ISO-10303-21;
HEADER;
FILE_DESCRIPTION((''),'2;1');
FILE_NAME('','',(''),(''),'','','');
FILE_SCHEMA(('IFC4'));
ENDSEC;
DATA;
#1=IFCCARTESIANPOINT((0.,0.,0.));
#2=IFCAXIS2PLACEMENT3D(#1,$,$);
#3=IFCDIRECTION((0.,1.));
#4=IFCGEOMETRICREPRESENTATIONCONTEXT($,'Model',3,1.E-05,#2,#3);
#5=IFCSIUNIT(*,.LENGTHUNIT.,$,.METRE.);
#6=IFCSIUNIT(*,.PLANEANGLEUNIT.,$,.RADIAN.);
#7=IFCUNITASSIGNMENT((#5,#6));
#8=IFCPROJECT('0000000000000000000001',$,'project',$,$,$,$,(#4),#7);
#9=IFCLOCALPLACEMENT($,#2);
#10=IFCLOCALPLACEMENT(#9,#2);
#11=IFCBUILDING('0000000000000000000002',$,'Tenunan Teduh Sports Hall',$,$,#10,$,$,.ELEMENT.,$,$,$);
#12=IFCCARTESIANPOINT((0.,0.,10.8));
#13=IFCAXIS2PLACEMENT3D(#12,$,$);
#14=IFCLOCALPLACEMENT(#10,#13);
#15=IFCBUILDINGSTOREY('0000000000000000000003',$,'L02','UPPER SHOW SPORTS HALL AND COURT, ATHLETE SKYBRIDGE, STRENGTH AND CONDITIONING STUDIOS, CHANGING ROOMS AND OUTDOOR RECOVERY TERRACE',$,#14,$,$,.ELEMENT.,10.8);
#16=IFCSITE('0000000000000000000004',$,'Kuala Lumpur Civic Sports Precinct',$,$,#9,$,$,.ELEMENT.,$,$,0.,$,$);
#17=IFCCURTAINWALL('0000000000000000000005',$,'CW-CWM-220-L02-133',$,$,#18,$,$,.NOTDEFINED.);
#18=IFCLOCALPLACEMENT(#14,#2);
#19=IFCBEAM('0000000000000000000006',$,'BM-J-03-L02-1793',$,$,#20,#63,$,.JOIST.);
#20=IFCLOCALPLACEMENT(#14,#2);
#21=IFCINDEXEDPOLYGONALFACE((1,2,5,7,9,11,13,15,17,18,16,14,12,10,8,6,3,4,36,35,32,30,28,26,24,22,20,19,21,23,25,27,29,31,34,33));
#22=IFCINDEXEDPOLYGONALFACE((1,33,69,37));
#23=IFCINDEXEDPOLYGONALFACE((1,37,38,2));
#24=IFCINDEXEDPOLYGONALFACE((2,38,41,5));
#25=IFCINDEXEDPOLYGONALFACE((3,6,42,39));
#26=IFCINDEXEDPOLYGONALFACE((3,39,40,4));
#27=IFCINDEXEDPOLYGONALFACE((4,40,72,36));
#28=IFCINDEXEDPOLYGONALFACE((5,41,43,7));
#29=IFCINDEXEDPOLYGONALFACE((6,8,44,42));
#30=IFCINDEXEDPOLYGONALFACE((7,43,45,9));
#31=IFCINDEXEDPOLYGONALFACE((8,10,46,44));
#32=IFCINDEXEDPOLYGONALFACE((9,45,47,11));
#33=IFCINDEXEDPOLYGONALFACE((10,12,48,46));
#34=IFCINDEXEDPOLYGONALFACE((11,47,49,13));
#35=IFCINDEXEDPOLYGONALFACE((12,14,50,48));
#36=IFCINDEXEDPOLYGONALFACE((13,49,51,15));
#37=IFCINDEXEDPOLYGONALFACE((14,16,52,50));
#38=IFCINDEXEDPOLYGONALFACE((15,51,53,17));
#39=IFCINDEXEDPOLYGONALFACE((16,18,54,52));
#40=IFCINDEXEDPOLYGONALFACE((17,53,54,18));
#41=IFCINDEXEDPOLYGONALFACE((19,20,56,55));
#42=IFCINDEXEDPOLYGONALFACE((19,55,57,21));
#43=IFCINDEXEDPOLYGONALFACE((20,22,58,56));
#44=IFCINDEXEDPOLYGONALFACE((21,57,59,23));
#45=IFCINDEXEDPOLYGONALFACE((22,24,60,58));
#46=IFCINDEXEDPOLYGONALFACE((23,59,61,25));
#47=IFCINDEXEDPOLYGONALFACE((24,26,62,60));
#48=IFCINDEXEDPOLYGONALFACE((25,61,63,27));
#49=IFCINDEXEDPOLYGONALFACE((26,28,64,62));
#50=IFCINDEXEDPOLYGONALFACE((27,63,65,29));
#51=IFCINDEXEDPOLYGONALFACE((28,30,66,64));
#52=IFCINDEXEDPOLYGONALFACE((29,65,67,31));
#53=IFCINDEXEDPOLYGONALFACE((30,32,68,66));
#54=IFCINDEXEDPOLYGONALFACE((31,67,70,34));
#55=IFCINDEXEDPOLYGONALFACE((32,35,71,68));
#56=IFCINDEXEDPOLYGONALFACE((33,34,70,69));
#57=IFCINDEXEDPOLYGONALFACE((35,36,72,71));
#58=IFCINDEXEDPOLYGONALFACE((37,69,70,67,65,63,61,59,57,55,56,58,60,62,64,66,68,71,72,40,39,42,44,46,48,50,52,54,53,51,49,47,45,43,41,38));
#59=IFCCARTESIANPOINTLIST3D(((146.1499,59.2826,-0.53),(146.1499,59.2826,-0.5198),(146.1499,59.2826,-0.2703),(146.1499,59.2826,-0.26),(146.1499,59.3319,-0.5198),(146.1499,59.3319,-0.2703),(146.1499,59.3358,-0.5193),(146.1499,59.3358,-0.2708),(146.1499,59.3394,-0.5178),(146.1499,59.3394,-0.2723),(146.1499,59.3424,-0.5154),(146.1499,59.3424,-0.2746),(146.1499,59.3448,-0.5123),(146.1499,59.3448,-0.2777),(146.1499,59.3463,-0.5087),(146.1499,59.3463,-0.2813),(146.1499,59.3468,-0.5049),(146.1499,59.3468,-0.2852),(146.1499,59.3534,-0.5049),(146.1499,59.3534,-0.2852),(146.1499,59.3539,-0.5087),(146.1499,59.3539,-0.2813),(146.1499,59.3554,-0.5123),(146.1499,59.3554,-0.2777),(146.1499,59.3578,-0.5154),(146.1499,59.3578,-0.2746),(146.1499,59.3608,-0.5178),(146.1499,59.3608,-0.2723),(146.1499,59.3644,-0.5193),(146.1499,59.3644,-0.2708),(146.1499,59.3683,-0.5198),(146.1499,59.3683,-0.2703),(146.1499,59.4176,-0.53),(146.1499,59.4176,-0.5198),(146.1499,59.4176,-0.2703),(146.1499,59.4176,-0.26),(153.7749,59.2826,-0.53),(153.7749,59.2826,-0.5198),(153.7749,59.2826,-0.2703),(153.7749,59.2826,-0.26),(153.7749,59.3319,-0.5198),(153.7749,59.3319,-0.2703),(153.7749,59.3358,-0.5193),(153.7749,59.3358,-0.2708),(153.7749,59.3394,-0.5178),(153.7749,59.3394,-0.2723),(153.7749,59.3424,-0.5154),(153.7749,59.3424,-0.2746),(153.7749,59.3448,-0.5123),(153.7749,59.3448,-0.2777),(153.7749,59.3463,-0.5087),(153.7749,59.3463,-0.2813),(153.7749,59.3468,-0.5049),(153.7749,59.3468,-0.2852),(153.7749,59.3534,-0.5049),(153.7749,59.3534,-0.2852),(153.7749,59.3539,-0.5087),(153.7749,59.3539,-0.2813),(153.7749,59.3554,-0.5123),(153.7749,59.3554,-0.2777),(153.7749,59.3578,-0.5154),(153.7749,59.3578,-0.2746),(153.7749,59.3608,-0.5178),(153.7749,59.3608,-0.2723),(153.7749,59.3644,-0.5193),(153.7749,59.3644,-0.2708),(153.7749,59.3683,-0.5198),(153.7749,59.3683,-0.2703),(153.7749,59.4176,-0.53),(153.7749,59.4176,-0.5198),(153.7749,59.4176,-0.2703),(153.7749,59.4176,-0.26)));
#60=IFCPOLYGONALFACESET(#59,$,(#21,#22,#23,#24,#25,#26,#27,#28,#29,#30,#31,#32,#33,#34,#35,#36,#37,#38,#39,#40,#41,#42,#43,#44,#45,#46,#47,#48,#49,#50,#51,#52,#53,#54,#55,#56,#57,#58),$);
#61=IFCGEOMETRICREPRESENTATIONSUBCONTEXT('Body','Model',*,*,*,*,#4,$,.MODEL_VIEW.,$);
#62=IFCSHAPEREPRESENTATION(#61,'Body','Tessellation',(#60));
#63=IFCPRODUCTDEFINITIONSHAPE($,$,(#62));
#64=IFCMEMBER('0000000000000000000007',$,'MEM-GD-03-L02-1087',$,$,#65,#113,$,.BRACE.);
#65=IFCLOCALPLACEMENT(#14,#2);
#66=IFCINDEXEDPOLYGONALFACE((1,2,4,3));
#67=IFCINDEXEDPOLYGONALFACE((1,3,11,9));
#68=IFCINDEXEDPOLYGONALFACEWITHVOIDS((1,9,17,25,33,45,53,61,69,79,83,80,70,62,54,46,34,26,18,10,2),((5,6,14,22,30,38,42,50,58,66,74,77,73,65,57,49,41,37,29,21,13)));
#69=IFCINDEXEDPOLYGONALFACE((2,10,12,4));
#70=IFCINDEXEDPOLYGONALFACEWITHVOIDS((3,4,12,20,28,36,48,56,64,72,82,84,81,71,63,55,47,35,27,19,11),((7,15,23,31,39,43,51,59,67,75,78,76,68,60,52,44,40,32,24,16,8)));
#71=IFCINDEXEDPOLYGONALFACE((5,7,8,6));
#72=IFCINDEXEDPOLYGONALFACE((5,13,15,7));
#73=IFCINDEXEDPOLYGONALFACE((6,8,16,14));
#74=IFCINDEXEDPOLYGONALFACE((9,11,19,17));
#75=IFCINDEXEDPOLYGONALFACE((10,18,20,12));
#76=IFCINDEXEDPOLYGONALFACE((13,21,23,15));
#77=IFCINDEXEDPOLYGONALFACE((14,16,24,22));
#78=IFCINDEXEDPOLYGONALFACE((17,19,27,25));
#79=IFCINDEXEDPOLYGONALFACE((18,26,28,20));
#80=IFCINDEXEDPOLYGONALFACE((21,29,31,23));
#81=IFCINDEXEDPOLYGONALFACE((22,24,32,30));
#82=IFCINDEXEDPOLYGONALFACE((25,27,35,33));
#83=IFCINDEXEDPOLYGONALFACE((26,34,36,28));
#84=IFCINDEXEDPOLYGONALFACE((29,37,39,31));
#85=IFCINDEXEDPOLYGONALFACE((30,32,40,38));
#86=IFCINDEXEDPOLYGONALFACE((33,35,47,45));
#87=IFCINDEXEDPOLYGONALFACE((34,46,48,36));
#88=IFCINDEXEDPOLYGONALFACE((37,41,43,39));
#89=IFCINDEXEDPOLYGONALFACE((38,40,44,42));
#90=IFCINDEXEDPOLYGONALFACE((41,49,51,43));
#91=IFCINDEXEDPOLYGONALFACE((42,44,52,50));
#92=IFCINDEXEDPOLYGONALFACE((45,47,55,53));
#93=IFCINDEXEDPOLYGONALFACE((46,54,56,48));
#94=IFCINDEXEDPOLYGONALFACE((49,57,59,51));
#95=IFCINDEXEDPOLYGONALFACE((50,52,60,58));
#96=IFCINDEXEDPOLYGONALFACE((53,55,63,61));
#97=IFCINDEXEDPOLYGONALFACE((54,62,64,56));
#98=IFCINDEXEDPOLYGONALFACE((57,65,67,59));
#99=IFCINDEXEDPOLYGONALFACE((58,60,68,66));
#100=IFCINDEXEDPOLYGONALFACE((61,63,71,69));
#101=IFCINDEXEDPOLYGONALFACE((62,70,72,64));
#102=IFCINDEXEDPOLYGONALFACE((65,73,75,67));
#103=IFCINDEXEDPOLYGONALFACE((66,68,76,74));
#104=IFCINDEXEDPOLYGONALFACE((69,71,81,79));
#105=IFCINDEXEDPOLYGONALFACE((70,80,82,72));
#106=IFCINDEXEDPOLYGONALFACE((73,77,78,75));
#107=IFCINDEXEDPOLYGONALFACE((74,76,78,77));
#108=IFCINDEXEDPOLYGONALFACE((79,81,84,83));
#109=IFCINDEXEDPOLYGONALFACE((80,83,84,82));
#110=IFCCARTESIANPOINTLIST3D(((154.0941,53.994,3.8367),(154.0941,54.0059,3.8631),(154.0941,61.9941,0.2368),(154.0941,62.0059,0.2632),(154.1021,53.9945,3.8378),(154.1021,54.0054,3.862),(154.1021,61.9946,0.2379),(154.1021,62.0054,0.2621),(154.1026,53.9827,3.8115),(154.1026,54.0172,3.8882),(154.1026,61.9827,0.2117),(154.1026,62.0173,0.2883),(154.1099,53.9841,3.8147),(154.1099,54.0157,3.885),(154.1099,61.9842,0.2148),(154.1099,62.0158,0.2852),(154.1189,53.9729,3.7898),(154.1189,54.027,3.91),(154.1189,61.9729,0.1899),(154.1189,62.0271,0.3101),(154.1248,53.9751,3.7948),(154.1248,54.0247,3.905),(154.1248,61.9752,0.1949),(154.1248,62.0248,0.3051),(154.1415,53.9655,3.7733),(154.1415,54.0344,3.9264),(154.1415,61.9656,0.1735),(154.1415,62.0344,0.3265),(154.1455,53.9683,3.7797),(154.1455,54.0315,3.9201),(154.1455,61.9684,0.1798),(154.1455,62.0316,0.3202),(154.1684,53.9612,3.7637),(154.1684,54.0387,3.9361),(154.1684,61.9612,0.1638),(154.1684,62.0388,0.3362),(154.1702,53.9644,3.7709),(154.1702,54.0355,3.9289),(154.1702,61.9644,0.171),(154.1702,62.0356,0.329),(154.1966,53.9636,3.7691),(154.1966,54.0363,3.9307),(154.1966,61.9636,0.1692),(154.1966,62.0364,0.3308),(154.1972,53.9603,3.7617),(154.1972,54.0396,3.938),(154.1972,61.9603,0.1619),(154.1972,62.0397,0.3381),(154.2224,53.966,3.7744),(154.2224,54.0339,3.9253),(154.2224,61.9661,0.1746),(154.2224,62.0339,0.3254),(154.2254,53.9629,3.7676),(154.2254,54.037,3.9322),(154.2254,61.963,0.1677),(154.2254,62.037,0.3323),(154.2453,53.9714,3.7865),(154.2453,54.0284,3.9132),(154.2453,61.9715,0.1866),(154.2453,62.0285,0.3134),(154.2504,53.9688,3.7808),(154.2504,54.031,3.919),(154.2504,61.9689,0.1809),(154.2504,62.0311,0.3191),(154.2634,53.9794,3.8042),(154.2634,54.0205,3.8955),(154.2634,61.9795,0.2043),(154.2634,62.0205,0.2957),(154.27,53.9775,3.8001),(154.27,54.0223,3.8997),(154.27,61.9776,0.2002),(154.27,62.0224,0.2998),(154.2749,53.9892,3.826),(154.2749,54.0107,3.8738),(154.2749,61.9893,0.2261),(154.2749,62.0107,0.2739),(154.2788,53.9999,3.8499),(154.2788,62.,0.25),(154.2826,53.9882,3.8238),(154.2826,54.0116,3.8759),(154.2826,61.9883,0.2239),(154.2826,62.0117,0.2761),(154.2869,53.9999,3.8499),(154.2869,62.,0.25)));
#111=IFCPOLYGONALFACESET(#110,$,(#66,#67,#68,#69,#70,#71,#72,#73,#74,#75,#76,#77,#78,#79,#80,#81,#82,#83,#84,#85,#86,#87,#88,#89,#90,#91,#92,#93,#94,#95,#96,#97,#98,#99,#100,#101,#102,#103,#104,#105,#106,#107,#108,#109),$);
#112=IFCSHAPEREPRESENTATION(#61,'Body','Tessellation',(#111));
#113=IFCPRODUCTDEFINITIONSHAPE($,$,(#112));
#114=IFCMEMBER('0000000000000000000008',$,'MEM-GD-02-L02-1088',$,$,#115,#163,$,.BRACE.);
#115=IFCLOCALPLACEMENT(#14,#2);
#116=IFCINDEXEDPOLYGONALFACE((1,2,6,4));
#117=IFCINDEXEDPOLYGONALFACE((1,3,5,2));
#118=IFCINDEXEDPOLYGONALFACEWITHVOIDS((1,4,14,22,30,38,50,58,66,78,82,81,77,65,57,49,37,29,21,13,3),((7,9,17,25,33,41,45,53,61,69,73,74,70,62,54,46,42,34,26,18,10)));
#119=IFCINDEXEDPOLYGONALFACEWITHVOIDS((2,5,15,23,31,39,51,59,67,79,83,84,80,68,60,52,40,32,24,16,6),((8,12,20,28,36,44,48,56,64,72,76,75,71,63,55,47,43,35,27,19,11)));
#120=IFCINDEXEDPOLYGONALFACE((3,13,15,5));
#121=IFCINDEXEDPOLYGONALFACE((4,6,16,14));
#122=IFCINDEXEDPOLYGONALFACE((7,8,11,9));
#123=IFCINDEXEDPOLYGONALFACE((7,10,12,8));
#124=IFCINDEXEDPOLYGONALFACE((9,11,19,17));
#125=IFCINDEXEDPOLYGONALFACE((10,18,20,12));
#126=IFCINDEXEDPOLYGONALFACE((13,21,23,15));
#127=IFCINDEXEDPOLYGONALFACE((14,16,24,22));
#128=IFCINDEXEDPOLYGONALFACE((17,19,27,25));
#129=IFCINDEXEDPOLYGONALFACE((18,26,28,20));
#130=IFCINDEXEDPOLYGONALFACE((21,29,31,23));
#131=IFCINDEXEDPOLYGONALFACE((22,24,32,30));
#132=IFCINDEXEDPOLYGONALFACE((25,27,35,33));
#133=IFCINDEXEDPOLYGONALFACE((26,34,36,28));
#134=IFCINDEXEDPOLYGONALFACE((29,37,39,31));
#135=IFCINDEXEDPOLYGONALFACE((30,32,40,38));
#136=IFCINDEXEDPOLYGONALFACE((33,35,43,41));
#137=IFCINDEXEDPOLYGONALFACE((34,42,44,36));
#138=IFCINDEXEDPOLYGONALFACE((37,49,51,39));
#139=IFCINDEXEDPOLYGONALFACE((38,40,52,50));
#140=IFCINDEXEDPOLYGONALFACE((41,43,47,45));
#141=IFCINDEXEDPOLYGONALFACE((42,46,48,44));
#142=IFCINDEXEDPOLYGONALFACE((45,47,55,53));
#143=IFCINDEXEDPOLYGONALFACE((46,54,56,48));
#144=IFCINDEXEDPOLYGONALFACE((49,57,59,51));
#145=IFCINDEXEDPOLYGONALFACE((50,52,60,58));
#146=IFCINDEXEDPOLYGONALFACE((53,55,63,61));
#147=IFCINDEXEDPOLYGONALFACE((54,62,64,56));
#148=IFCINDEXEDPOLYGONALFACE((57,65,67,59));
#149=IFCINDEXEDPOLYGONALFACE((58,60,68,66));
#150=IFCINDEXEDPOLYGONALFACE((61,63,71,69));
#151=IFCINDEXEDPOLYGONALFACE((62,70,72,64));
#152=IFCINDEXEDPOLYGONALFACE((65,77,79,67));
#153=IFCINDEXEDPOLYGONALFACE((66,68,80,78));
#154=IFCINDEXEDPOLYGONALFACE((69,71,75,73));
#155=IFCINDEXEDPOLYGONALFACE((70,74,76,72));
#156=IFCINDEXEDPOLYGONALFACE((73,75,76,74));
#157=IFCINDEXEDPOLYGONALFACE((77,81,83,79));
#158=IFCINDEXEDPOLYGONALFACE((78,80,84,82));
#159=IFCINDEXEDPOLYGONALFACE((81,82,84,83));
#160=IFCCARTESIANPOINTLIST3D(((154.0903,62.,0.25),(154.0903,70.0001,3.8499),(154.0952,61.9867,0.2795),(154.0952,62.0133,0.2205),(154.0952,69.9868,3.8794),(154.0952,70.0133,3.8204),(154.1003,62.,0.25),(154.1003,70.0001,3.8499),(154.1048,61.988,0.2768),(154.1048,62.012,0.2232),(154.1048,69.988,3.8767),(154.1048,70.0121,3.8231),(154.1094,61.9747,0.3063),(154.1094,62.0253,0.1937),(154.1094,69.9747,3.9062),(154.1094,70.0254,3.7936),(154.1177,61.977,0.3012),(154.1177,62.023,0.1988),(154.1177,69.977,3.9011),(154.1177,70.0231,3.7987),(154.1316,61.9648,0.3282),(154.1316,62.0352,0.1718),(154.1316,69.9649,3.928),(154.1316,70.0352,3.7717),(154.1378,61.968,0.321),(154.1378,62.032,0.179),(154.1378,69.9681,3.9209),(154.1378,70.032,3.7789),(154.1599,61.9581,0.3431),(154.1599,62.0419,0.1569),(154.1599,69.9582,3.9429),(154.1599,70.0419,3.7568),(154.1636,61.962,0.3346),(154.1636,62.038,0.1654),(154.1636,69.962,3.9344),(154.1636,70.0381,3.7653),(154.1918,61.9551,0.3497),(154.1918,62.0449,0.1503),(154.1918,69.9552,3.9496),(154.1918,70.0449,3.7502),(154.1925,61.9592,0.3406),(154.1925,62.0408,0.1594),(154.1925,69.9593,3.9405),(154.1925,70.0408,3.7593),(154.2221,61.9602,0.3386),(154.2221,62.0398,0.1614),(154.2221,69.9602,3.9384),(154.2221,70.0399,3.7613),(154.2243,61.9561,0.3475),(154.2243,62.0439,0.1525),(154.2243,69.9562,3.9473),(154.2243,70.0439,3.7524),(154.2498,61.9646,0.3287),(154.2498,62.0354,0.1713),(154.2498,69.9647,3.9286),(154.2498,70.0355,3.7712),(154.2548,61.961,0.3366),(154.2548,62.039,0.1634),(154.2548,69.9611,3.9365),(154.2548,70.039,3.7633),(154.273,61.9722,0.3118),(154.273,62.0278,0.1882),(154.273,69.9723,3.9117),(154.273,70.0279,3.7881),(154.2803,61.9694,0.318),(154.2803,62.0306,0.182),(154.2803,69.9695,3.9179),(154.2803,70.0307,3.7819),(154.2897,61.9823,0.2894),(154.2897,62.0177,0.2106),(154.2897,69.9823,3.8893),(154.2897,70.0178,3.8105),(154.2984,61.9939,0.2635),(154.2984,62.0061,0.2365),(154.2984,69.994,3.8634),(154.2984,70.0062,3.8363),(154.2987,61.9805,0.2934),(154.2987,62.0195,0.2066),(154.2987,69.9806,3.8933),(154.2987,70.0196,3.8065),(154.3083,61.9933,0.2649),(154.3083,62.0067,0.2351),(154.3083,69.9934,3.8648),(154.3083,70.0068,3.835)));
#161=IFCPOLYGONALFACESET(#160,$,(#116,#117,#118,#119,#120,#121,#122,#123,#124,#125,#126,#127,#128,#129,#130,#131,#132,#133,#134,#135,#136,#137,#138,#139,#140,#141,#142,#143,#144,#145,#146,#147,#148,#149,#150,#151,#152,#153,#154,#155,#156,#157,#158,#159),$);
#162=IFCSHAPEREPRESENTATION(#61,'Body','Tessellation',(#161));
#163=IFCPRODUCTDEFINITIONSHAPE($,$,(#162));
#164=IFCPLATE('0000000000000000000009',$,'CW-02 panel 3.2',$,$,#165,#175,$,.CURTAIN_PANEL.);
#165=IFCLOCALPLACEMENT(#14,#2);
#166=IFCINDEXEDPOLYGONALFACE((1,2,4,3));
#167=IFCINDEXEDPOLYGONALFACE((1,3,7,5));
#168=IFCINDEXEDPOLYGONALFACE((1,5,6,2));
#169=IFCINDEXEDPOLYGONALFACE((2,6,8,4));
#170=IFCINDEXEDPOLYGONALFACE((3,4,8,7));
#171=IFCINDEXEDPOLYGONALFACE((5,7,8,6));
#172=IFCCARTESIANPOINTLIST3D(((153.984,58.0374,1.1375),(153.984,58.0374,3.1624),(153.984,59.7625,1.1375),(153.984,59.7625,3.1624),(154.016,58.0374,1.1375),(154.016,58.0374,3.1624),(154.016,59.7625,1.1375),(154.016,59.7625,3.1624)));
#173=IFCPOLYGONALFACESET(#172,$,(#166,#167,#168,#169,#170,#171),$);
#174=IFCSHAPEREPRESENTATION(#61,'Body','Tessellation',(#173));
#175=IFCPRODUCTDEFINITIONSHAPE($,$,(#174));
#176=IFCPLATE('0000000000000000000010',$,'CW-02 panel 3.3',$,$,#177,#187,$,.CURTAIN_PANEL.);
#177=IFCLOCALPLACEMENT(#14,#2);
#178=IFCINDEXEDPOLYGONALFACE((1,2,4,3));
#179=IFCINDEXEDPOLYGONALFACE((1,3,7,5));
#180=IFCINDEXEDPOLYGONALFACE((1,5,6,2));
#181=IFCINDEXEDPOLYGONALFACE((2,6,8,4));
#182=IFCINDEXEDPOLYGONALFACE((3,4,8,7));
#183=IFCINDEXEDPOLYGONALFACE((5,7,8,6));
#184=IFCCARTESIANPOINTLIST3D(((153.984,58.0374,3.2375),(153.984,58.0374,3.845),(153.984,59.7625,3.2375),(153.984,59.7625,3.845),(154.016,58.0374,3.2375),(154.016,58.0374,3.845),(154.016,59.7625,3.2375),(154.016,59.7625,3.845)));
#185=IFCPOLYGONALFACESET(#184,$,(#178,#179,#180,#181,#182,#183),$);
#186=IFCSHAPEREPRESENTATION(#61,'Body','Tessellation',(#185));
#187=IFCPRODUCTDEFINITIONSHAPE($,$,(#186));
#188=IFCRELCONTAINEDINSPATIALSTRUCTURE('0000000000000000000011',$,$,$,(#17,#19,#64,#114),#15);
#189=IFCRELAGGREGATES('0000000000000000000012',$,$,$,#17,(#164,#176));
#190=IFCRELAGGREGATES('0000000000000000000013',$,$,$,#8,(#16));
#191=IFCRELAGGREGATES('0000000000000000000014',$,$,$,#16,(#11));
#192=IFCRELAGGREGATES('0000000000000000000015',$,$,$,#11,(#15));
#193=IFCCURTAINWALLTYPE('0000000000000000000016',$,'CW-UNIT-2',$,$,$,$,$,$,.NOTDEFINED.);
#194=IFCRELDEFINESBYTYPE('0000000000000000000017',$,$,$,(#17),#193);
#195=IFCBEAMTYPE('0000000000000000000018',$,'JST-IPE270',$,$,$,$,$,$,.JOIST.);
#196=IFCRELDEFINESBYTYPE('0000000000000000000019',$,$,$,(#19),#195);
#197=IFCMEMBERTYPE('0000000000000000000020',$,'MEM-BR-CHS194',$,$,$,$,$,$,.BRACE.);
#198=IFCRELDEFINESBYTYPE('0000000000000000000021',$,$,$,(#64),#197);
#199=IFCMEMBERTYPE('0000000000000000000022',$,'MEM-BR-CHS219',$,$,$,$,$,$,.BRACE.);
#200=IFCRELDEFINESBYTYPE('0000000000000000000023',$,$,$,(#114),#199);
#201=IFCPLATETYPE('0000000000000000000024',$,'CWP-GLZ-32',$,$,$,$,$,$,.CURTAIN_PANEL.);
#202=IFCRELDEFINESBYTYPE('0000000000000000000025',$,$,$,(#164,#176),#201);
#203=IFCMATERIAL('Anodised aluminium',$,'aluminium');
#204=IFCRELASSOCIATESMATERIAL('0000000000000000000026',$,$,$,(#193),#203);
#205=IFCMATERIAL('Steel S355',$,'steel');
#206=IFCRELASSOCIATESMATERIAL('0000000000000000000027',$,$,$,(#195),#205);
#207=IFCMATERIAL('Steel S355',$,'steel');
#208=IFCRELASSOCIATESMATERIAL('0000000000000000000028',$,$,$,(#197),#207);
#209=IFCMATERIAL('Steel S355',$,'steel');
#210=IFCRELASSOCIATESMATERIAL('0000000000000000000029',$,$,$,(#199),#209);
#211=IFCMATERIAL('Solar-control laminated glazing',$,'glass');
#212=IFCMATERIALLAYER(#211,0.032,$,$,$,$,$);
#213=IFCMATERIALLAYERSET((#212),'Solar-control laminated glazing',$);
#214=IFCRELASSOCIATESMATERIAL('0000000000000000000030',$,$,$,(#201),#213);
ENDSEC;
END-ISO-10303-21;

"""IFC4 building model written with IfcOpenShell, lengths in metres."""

from ifc_helpers import new_model, si_unit, direction, frame, origin, origin_2d, place, context, subcontext, project, spatial, rectangle, hollow_circle, i_section, extrude, material, layer, layer_set, material_profile, profile_set, type_object, element, aggregate, save


model = new_model("IFC4")

# Units and contexts
model_context = context("Model", 3, precision=1e-05, world=origin(), true_north=direction((0.0, 1.0)))
body_context = subcontext(model_context, "Body", "Model", "MODEL_VIEW")
ifc_project = project(units=[si_unit("LENGTHUNIT", "METRE"), si_unit("PLANEANGLEUNIT", "RADIAN")], contexts=[model_context])

# Site, building, storey
site_placement = place(None, origin())
site = spatial("IfcSite", under=ifc_project, at=site_placement, Name="Kuala Lumpur Civic Sports Precinct", CompositionType="ELEMENT", RefElevation=0.0)
building_placement = place(site_placement, origin())
building = spatial("IfcBuilding", under=site, at=building_placement, Name="Tenunan Teduh Sports Hall", CompositionType="ELEMENT")
storey_placement = place(building_placement, frame((0.0, 0.0, 10.8)))
storey = spatial("IfcBuildingStorey", under=building, at=storey_placement, Name="L02", Description="UPPER SHOW SPORTS HALL AND COURT, ATHLETE SKYBRIDGE, STRENGTH AND CONDITIONING STUDIOS, CHANGING ROOMS AND OUTDOOR RECOVERY TERRACE", CompositionType="ELEMENT", Elevation=10.8)

# Shared definitions
ifc_material_1 = material(Name="Anodised aluminium", Category="aluminium")
curtain_wall_type = type_object("IfcCurtainWallType", Name="CW-UNIT-2", PredefinedType="NOTDEFINED", material=ifc_material_1)

# Curtain wall
curtain_wall_1_placement = place(storey_placement, origin())
curtain_wall_1 = element("IfcCurtainWall", 1, at=curtain_wall_1_placement, inside=storey, type_object=curtain_wall_type, Name="CW-CWM-220-L02-133", PredefinedType="NOTDEFINED")

# Beam
ifc_material_2 = material(Name="Steel S355", Category="steel")
ifc_material_profile_1 = material_profile(ifc_material_2, i_section(OverallWidth=0.135, OverallDepth=0.27, WebThickness=0.0066, FlangeThickness=0.0103, FilletRadius=0.0149, at=origin_2d()), Name="IPE 270")
ifc_profile_set_1 = profile_set([ifc_material_profile_1], Name="Steel S355")
beam_type_1 = type_object("IfcBeamType", Name="JST-IPE270", PredefinedType="JOIST", material=ifc_profile_set_1)
beam_1_placement = place(storey_placement, frame((146.1499, 59.3501, -0.395), z_axis=(1.0, 0.0, 0.0), x_axis=(0.0, 1.0, 0.0)))
element("IfcBeam", 2, at=beam_1_placement, inside=storey, type_object=beam_type_1, Name="BM-J-03-L02-1793", PredefinedType="JOIST", context=body_context, shape_type="SweptSolid", body=[
    extrude(i_section(OverallWidth=0.135, OverallDepth=0.27, WebThickness=0.0066, FlangeThickness=0.0103, FilletRadius=0.0149, at=origin_2d()), origin(), (0.0, 0.0, 1.0), 7.625),
])

# Members
ifc_material_3 = material(Name="Steel S355", Category="steel")
ifc_material_profile_2 = material_profile(ifc_material_3, hollow_circle(Radius=0.0969, WallThickness=0.0081, at=origin_2d()), Name="CHS 193.7x8.0")
ifc_profile_set_2 = profile_set([ifc_material_profile_2], Name="Steel S355")
member_type_1 = type_object("IfcMemberType", Name="MEM-BR-CHS194", PredefinedType="BRACE", material=ifc_profile_set_2)
member_1_placement = place(storey_placement, frame((154.1899, 62.0, 0.25), z_axis=(0.0, -0.911928, 0.410351), x_axis=(1.0, 0.0, 0.0)))
element("IfcMember", 3, at=member_1_placement, inside=storey, type_object=member_type_1, Name="MEM-GD-03-L02-1087", PredefinedType="BRACE", context=body_context, shape_type="SweptSolid", body=[
    extrude(hollow_circle(Radius=0.0969, WallThickness=0.0081, at=origin_2d()), origin(), (0.0, 0.0, 1.0), 8.7727),
])
ifc_material_4 = material(Name="Steel S355", Category="steel")
ifc_material_profile_3 = material_profile(ifc_material_4, hollow_circle(Radius=0.1096, WallThickness=0.01, at=origin_2d()), Name="CHS 219.1x10.0")
ifc_profile_set_3 = profile_set([ifc_material_profile_3], Name="Steel S355")
member_type_2 = type_object("IfcMemberType", Name="MEM-BR-CHS219", PredefinedType="BRACE", material=ifc_profile_set_3)
member_2_placement = place(storey_placement, frame((154.2, 62.0, 0.25), z_axis=(0.0, 0.911928, 0.410351), x_axis=(-1.0, 0.0, 0.0)))
element("IfcMember", 4, at=member_2_placement, inside=storey, type_object=member_type_2, Name="MEM-GD-02-L02-1088", PredefinedType="BRACE", context=body_context, shape_type="SweptSolid", body=[
    extrude(hollow_circle(Radius=0.1096, WallThickness=0.01, at=origin_2d()), origin(), (0.0, 0.0, 1.0), 8.7727),
])

# Plates
ifc_material_5 = material(Name="Solar-control laminated glazing", Category="glass")
ifc_layer_1 = layer(ifc_material_5, 0.032)
ifc_layer_set_1 = layer_set([ifc_layer_1], Name="Solar-control laminated glazing")
plate_type_1 = type_object("IfcPlateType", Name="CWP-GLZ-32", PredefinedType="CURTAIN_PANEL", material=ifc_layer_set_1)
plate_1_placement = place(storey_placement, frame((154.0, 58.8999, 1.1375), z_axis=(0.0, 0.0, 1.0), x_axis=(0.0, 1.0, 0.0)))
plate_1 = element("IfcPlate", 5, at=plate_1_placement, type_object=plate_type_1, Name="CW-02 panel 3.2", PredefinedType="CURTAIN_PANEL", context=body_context, shape_type="SweptSolid", body=[
    extrude(rectangle(XDim=1.7251, YDim=0.032, at=origin_2d()), origin(), (0.0, 0.0, 1.0), 2.0249),
])
plate_2_placement = place(storey_placement, frame((154.0, 58.8999, 3.2375), z_axis=(0.0, 0.0, 1.0), x_axis=(0.0, 1.0, 0.0)))
plate_2 = element("IfcPlate", 6, at=plate_2_placement, type_object=plate_type_1, Name="CW-02 panel 3.3", PredefinedType="CURTAIN_PANEL", context=body_context, shape_type="SweptSolid", body=[
    extrude(rectangle(XDim=1.7251, YDim=0.032, at=origin_2d()), origin(), (0.0, 0.0, 1.0), 0.6074),
])
aggregate(curtain_wall_1, [plate_1, plate_2])

save(model, "model.ifc")
